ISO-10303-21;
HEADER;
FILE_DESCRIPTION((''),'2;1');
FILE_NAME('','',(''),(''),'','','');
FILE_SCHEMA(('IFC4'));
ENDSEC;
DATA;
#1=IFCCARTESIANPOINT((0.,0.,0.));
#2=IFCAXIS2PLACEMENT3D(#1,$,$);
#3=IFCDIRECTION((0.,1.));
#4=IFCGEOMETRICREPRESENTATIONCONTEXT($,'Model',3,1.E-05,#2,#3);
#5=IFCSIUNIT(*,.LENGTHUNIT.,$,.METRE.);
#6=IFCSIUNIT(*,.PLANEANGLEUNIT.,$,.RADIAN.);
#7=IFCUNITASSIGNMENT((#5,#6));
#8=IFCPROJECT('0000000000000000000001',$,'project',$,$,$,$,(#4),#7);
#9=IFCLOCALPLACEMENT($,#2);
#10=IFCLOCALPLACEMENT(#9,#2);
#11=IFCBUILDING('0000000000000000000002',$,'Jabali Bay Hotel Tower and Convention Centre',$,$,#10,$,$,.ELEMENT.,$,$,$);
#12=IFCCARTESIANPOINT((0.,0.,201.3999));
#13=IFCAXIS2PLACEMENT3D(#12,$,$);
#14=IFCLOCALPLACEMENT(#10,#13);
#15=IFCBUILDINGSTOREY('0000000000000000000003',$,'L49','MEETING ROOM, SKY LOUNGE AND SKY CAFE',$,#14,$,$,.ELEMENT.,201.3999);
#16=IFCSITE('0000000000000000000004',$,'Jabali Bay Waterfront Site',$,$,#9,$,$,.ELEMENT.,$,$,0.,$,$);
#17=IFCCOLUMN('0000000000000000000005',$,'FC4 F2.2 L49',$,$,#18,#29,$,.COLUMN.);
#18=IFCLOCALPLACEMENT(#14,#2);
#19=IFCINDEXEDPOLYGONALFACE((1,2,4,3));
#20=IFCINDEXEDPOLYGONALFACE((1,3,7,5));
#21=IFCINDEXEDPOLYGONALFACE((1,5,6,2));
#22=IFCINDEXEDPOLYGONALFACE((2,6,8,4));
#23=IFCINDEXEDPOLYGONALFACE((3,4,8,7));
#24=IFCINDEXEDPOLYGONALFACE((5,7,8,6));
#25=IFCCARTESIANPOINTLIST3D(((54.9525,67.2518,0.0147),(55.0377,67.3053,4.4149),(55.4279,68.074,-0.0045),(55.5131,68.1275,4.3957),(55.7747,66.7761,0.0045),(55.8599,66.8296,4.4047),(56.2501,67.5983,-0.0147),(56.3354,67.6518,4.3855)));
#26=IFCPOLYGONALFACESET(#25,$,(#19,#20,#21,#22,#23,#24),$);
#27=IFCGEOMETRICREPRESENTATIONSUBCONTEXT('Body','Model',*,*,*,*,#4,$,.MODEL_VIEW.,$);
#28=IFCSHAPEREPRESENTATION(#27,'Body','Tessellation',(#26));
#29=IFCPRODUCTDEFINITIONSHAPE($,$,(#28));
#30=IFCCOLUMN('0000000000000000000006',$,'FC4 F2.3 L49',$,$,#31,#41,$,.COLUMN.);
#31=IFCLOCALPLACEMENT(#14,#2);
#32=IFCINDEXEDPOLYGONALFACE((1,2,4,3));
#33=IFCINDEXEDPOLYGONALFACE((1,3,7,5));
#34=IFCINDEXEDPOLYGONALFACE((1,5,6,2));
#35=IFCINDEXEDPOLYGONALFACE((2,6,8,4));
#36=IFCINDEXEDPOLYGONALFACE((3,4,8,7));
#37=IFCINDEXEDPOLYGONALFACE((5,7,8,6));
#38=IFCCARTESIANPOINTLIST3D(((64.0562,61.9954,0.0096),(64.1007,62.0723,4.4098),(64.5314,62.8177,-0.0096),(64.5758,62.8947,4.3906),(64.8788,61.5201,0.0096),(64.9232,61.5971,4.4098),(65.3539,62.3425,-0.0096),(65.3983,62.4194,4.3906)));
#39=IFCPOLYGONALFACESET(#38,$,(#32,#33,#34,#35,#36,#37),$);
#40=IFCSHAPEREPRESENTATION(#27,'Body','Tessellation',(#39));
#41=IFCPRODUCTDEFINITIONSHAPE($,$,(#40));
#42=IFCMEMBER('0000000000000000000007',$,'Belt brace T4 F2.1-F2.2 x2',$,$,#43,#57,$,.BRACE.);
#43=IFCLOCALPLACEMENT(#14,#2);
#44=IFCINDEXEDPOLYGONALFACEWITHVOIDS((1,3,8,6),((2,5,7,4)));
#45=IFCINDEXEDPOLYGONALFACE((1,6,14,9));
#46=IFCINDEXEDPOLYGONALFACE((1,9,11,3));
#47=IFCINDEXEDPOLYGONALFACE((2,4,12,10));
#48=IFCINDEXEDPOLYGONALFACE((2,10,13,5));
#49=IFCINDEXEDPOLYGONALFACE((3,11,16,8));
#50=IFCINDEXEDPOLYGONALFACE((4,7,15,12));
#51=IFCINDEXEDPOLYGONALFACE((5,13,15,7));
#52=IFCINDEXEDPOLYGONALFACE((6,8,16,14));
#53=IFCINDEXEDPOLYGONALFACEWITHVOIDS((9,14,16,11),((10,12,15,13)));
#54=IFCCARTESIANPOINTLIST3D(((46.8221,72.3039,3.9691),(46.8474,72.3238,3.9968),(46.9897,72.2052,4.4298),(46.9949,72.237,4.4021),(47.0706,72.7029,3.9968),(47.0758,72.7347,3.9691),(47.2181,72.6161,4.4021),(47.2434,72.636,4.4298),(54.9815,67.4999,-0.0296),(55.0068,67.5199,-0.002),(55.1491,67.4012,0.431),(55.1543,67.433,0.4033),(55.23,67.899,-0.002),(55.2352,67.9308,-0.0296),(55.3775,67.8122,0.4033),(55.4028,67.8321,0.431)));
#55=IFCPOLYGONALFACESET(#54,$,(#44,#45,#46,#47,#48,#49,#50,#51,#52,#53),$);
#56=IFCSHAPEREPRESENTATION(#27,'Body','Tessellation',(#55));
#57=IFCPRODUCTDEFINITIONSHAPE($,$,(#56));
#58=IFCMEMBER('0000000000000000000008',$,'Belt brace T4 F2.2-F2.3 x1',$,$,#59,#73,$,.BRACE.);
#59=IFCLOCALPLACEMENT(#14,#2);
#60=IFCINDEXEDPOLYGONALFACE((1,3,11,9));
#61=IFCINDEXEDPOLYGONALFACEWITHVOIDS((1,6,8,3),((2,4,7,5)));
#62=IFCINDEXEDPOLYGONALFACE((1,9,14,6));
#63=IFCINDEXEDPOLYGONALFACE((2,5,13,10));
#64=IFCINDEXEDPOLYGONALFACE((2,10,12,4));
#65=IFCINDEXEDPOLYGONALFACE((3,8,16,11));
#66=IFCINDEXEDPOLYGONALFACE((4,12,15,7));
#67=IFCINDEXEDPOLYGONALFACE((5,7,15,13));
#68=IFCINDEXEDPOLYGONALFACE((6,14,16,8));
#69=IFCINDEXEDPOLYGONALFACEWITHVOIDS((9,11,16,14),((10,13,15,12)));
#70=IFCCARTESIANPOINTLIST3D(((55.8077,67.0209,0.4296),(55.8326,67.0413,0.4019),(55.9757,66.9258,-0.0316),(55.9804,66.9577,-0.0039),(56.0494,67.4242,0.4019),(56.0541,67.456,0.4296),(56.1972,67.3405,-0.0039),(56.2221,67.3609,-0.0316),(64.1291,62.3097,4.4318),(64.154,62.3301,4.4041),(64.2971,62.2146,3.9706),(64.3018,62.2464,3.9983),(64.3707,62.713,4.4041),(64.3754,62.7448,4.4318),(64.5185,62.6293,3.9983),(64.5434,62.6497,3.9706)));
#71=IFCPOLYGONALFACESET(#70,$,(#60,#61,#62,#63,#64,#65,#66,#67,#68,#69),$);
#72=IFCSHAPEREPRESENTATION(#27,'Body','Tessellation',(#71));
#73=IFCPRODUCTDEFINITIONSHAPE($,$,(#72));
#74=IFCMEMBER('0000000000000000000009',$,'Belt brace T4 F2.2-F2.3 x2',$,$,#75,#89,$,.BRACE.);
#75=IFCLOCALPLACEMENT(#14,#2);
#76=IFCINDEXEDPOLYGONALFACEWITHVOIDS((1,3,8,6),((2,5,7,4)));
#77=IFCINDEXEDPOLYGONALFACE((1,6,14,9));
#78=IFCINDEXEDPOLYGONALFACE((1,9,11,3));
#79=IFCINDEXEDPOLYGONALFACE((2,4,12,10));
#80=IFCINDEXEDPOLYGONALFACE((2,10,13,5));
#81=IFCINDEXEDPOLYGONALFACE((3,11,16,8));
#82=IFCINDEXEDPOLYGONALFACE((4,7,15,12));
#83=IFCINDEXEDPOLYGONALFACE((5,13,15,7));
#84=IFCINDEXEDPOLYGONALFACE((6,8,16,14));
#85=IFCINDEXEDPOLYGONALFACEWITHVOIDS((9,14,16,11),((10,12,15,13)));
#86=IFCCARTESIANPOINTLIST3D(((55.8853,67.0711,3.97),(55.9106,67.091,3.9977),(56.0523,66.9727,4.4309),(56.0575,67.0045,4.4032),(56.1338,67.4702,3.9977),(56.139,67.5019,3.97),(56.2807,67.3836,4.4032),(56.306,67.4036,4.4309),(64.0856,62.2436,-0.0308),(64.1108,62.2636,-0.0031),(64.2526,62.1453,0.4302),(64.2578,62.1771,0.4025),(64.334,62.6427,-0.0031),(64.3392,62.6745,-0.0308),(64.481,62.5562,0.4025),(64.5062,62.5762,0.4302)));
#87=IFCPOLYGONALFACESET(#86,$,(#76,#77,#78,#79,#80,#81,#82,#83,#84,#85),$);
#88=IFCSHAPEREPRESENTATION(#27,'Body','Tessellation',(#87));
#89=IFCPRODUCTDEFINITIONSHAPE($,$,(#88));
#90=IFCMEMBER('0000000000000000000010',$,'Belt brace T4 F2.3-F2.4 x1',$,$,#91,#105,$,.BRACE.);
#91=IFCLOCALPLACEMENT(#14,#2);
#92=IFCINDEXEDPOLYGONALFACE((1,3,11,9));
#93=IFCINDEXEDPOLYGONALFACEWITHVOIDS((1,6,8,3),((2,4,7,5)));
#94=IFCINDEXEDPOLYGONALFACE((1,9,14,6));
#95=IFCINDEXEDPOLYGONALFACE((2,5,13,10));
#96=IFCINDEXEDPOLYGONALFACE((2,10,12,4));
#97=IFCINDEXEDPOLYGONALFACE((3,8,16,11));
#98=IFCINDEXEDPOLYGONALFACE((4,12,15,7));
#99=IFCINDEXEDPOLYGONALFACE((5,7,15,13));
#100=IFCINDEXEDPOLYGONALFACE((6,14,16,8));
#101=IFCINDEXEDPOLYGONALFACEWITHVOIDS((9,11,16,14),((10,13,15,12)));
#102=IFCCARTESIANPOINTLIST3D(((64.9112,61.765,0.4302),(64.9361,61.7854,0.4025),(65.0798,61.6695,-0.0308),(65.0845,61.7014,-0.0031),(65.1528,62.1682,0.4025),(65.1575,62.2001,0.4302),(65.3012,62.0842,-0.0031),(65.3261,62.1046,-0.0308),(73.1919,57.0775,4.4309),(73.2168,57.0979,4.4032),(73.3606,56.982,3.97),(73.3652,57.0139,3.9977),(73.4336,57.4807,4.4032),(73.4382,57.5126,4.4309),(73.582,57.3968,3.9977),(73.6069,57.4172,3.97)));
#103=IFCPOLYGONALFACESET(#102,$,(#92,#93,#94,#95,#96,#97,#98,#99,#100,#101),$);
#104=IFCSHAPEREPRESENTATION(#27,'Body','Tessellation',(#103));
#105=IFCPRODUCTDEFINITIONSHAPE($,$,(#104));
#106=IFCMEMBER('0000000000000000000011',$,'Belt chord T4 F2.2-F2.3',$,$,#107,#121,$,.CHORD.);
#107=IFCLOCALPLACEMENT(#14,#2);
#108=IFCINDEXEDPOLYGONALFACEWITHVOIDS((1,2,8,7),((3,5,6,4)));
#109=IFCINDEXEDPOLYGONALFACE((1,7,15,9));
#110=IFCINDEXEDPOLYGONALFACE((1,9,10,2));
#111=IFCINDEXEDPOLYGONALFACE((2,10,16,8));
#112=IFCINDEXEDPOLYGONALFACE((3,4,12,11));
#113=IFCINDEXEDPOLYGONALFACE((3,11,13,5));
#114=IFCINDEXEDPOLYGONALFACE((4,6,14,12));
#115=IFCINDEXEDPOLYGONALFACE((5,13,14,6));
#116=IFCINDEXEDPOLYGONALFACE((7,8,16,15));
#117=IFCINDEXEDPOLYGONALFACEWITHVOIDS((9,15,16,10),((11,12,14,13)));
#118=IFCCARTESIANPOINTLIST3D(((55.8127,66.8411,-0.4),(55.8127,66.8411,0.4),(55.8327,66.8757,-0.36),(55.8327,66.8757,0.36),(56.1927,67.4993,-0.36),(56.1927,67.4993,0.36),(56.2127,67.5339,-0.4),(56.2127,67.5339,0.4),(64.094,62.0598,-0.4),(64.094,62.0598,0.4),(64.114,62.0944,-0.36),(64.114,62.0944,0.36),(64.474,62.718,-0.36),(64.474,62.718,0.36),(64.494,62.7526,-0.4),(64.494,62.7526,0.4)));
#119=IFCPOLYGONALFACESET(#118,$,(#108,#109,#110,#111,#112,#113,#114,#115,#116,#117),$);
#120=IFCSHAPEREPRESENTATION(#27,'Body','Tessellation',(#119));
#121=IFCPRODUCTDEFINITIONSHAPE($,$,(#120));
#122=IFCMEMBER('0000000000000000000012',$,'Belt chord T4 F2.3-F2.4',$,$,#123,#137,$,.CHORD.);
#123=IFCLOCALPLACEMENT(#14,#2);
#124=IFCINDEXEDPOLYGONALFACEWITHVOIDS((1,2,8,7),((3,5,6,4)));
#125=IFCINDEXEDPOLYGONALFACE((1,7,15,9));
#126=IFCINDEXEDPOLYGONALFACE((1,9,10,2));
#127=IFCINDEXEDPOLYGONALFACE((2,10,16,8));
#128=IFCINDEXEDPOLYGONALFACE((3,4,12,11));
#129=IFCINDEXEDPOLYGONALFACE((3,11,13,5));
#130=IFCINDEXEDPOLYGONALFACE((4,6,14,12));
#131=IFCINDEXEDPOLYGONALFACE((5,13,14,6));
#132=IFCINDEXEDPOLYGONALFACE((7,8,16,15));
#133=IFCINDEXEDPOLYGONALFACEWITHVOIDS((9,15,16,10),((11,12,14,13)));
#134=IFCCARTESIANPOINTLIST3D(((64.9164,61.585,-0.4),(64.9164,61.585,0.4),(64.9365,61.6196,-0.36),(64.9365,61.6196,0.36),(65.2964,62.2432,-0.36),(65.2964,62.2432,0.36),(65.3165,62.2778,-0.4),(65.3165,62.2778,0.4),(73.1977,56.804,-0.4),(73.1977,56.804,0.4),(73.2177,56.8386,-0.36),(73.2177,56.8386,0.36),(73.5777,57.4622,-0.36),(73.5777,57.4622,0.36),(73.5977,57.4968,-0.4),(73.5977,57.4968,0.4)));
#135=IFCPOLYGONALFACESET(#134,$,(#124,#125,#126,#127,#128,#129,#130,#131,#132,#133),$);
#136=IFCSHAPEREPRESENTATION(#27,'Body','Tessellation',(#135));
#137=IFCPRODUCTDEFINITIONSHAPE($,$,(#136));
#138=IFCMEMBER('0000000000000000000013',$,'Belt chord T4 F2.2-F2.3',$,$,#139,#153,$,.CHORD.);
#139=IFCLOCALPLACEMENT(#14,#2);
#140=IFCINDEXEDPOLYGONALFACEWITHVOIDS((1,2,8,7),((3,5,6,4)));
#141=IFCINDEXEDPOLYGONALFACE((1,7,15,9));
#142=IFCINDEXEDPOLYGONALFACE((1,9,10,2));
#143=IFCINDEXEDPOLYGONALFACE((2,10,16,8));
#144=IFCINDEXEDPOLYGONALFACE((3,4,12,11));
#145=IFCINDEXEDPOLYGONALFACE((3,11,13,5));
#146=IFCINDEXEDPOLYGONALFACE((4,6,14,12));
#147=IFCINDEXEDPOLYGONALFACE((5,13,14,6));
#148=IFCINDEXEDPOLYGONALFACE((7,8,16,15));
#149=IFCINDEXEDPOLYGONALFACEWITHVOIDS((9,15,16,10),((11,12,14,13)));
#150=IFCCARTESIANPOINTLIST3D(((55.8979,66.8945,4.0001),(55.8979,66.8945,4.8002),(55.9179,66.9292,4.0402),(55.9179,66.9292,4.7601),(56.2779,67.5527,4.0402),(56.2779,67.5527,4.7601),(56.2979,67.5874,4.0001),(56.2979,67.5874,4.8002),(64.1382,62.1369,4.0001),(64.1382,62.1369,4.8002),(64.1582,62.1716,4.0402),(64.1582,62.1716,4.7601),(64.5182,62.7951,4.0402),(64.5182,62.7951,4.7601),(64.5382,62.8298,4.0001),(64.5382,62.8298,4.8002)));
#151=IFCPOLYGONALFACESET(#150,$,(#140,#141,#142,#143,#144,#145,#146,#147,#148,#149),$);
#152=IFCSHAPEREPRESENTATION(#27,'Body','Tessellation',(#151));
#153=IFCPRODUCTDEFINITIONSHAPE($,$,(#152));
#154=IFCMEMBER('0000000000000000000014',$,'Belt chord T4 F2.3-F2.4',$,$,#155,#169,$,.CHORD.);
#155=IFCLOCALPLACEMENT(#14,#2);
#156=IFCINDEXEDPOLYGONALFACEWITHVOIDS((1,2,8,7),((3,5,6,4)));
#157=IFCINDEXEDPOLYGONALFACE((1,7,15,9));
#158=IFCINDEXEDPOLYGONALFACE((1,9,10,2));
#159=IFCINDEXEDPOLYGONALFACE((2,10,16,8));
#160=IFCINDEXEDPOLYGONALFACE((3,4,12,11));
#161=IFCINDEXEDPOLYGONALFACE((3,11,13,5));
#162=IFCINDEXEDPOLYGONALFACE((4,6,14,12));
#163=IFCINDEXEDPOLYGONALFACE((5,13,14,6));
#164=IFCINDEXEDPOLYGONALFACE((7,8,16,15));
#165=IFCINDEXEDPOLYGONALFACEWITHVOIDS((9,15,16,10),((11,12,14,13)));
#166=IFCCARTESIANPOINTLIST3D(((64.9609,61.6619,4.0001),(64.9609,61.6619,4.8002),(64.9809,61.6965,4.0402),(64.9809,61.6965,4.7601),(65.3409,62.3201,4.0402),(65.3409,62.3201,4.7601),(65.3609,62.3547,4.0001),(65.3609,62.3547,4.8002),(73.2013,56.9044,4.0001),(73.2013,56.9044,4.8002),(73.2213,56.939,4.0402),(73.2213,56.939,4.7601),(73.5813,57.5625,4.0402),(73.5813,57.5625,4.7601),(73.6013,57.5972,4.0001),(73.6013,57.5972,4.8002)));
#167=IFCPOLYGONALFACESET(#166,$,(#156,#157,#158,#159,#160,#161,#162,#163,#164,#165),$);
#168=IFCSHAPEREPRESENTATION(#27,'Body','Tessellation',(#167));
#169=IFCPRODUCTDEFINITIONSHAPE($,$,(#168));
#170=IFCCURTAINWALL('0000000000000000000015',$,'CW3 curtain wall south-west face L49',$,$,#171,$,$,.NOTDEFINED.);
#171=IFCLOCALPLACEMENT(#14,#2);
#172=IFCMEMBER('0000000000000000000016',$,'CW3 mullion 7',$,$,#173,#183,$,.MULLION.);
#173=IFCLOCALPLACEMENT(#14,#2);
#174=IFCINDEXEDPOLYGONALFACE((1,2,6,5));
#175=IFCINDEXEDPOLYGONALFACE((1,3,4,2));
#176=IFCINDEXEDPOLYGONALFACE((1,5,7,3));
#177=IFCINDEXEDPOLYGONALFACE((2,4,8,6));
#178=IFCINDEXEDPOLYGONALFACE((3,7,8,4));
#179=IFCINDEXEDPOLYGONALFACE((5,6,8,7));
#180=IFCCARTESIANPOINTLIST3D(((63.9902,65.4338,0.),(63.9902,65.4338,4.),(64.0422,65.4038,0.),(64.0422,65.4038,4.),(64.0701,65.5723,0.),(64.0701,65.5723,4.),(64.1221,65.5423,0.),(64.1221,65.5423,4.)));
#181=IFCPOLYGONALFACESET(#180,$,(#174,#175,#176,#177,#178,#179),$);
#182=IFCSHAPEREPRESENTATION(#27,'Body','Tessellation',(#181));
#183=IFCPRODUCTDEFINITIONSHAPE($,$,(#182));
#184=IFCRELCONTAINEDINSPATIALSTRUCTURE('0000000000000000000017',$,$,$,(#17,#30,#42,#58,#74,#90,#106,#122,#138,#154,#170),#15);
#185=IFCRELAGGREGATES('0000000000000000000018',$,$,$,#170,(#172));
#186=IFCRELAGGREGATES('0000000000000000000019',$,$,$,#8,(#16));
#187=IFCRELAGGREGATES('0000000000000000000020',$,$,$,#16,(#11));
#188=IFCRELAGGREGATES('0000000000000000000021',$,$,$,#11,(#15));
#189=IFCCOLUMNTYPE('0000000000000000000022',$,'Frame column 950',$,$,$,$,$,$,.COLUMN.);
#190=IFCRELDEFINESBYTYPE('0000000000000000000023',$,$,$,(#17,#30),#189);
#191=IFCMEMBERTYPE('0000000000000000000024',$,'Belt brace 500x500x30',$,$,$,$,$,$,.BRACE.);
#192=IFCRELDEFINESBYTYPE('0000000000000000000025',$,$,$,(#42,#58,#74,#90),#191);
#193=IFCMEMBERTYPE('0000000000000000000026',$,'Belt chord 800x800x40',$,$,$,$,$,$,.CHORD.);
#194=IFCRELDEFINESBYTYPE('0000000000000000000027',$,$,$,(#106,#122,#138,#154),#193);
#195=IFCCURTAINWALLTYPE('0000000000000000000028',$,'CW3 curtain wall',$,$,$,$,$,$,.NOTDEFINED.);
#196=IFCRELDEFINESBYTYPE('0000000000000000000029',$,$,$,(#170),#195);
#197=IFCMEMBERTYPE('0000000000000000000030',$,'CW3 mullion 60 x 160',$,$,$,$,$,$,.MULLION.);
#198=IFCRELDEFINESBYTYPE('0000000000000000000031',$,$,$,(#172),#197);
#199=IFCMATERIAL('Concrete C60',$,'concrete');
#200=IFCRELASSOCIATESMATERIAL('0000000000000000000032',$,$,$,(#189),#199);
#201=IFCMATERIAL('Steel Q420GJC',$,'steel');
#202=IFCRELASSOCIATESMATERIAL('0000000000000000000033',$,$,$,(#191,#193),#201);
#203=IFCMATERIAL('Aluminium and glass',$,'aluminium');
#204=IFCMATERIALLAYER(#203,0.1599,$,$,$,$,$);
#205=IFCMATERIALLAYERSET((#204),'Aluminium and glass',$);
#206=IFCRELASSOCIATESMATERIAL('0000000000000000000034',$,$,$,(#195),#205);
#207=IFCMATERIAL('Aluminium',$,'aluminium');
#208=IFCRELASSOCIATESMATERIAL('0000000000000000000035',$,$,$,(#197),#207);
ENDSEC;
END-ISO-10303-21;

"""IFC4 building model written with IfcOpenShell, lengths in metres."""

from ifc_helpers import new_model, si_unit, direction, frame, origin, origin_2d, place, context, subcontext, project, spatial, rectangle, hollow_rectangle, extrude, material, layer, layer_set, material_profile, profile_set, type_object, element, aggregate, save


model = new_model("IFC4")

# Units and contexts
model_context = context("Model", 3, precision=1e-05, world=origin(), true_north=direction((0.0, 1.0)))
body_context = subcontext(model_context, "Body", "Model", "MODEL_VIEW")
ifc_project = project(units=[si_unit("LENGTHUNIT", "METRE"), si_unit("PLANEANGLEUNIT", "RADIAN")], contexts=[model_context])

# Site, building, storey
site_placement = place(None, origin())
site = spatial("IfcSite", under=ifc_project, at=site_placement, Name="Jabali Bay Waterfront Site", CompositionType="ELEMENT", RefElevation=0.0)
building_placement = place(site_placement, origin())
building = spatial("IfcBuilding", under=site, at=building_placement, Name="Jabali Bay Hotel Tower and Convention Centre", CompositionType="ELEMENT")
storey_placement = place(building_placement, frame((0.0, 0.0, 201.3999)))
storey = spatial("IfcBuildingStorey", under=building, at=storey_placement, Name="L49", Description="MEETING ROOM, SKY LOUNGE AND SKY CAFE", CompositionType="ELEMENT", Elevation=201.3999)

# Columns
ifc_material_1 = material(Name="Concrete C60", Category="concrete")
ifc_material_profile_1 = material_profile(ifc_material_1, rectangle(XDim=0.95, YDim=0.95, at=origin_2d()), Name="Frame column 950")
ifc_profile_set_1 = profile_set([ifc_material_profile_1], Name="Concrete C60")
column_type = type_object("IfcColumnType", Name="Frame column 950", PredefinedType="COLUMN", material=ifc_profile_set_1)
column_1_placement = place(storey_placement, frame((55.6013, 67.425, 0.0), z_axis=(0.019359, 0.012148, 0.999739), x_axis=(-0.865521, 0.500758, 0.010675)))
element("IfcColumn", 1, at=column_1_placement, inside=storey, type_object=column_type, Name="FC4 F2.2 L49", PredefinedType="COLUMN", context=body_context, shape_type="SweptSolid", body=[
    extrude(rectangle(XDim=0.95, YDim=0.95, at=origin_2d()), origin(), (0.0, 0.0, 1.0), 4.4014),
])
column_2_placement = place(storey_placement, frame((64.7051, 62.1689, 0.0), z_axis=(0.010096, 0.017474, 0.999796), x_axis=(-0.865867, 0.500274, 0.0)))
element("IfcColumn", 2, at=column_2_placement, inside=storey, type_object=column_type, Name="FC4 F2.3 L49", PredefinedType="COLUMN", context=body_context, shape_type="SweptSolid", body=[
    extrude(rectangle(XDim=0.95, YDim=0.95, at=origin_2d()), origin(), (0.0, 0.0, 1.0), 4.4011),
])

# Members
ifc_material_2 = material(Name="Steel Q420GJC", Category="steel")
ifc_material_profile_2 = material_profile(ifc_material_2, hollow_rectangle(XDim=0.5, YDim=0.5, WallThickness=0.03, at=origin_2d()), Name="Belt brace 500x500x30")
ifc_profile_set_2 = profile_set([ifc_material_profile_2], Name="Steel Q420GJC")
member_type_1 = type_object("IfcMemberType", Name="Belt brace 500x500x30", PredefinedType="BRACE", material=ifc_profile_set_2)
member_1_placement = place(storey_placement, frame((55.1921, 67.666, 0.2007), z_axis=(-0.793846, 0.467386, 0.389049), x_axis=(-0.507357, -0.861736, 0.0)))
element("IfcMember", 3, at=member_1_placement, inside=storey, type_object=member_type_1, Name="Belt brace T4 F2.1-F2.2 x2", PredefinedType="BRACE", context=body_context, shape_type="SweptSolid", body=[
    extrude(hollow_rectangle(XDim=0.5, YDim=0.5, WallThickness=0.03, at=origin_2d()), origin(), (0.0, 0.0, 1.0), 10.2783),
])
member_2_placement = place(storey_placement, frame((56.0149, 67.1909, 0.199), z_axis=(0.802738, -0.454478, 0.386084), x_axis=(0.492679, 0.870211, 0.0)))
element("IfcMember", 4, at=member_2_placement, inside=storey, type_object=member_type_1, Name="Belt brace T4 F2.2-F2.3 x1", PredefinedType="BRACE", context=body_context, shape_type="SweptSolid", body=[
    extrude(hollow_rectangle(XDim=0.5, YDim=0.5, WallThickness=0.03, at=origin_2d()), origin(), (0.0, 0.0, 1.0), 10.3662),
])
member_3_placement = place(storey_placement, frame((64.2959, 62.4099, 0.1997), z_axis=(-0.794405, 0.46766, 0.387576), x_axis=(-0.507313, -0.861762, 0.0)))
element("IfcMember", 5, at=member_3_placement, inside=storey, type_object=member_type_1, Name="Belt brace T4 F2.2-F2.3 x2", PredefinedType="BRACE", context=body_context, shape_type="SweptSolid", body=[
    extrude(hollow_rectangle(XDim=0.5, YDim=0.5, WallThickness=0.03, at=origin_2d()), origin(), (0.0, 0.0, 1.0), 10.3225),
])
member_4_placement = place(storey_placement, frame((65.1187, 61.9348, 0.1997), z_axis=(0.802222, -0.454115, 0.387582), x_axis=(0.49262, 0.870244, 0.0)))
element("IfcMember", 6, at=member_4_placement, inside=storey, type_object=member_type_1, Name="Belt brace T4 F2.3-F2.4 x1", PredefinedType="BRACE", context=body_context, shape_type="SweptSolid", body=[
    extrude(hollow_rectangle(XDim=0.5, YDim=0.5, WallThickness=0.03, at=origin_2d()), origin(), (0.0, 0.0, 1.0), 10.3223),
])
ifc_material_profile_3 = material_profile(ifc_material_2, hollow_rectangle(XDim=0.8, YDim=0.8, WallThickness=0.04, at=origin_2d()), Name="Belt chord 800x800x40")
ifc_profile_set_3 = profile_set([ifc_material_profile_3], Name="Steel Q420GJC")
member_type_2 = type_object("IfcMemberType", Name="Belt chord 800x800x40", PredefinedType="CHORD", material=ifc_profile_set_3)
member_5_placement = place(storey_placement, frame((56.0127, 67.1875, 0.0), z_axis=(0.866022, -0.500005, 0.0), x_axis=(0.500005, 0.866022, 0.0)))
element("IfcMember", 7, at=member_5_placement, inside=storey, type_object=member_type_2, Name="Belt chord T4 F2.2-F2.3", PredefinedType="CHORD", context=body_context, shape_type="SweptSolid", body=[
    extrude(hollow_rectangle(XDim=0.8, YDim=0.8, WallThickness=0.04, at=origin_2d()), origin(), (0.0, 0.0, 1.0), 9.5625),
])
member_6_placement = place(storey_placement, frame((65.1165, 61.9314, 0.0), z_axis=(0.866033, -0.499986, 0.0), x_axis=(0.499986, 0.866033, 0.0)))
element("IfcMember", 8, at=member_6_placement, inside=storey, type_object=member_type_2, Name="Belt chord T4 F2.3-F2.4", PredefinedType="CHORD", context=body_context, shape_type="SweptSolid", body=[
    extrude(hollow_rectangle(XDim=0.8, YDim=0.8, WallThickness=0.04, at=origin_2d()), origin(), (0.0, 0.0, 1.0), 9.5623),
])
for number, where, z_axis, x_axis, name in (
    (9, (56.0979, 67.241, 4.4001), (0.866022, -0.500005, 0.0), (0.500005, 0.866022, 0.0), "Belt chord T4 F2.2-F2.3"),
    (10, (65.1609, 62.0083, 4.4001), (0.866029, -0.499994, 0.0), (0.499994, 0.866029, 0.0), "Belt chord T4 F2.3-F2.4"),
):
    element("IfcMember", number, at=place(storey_placement, frame(where, z_axis=z_axis, x_axis=x_axis)), inside=storey, type_object=member_type_2, Name=name, PredefinedType="CHORD", context=body_context, shape_type="SweptSolid", body=[
        extrude(hollow_rectangle(XDim=0.8, YDim=0.8, WallThickness=0.04, at=origin_2d()), origin(), (0.0, 0.0, 1.0), 9.5151),
    ])

# Curtain wall, member
ifc_material_3 = material(Name="Aluminium and glass", Category="aluminium")
ifc_layer_1 = layer(ifc_material_3, 0.1599)
ifc_layer_set_1 = layer_set([ifc_layer_1], Name="Aluminium and glass")
curtain_wall_type = type_object("IfcCurtainWallType", Name="CW3 curtain wall", PredefinedType="NOTDEFINED", material=ifc_layer_set_1)
curtain_wall_placement = place(storey_placement, origin())
curtain_wall = element("IfcCurtainWall", 11, at=curtain_wall_placement, inside=storey, type_object=curtain_wall_type, Name="CW3 curtain wall south-west face L49", PredefinedType="NOTDEFINED")
ifc_material_4 = material(Name="Aluminium", Category="aluminium")
ifc_material_profile_4 = material_profile(ifc_material_4, rectangle(XDim=0.1599, YDim=0.0601, at=origin_2d()), Name="CW3 mullion 60 x 160")
ifc_profile_set_4 = profile_set([ifc_material_profile_4], Name="Aluminium")
member_type_3 = type_object("IfcMemberType", Name="CW3 mullion 60 x 160", PredefinedType="MULLION", material=ifc_profile_set_4)
member_7_placement = place(storey_placement, frame((64.0562, 65.488, 0.0), z_axis=(0.0, 0.0, 1.0), x_axis=(-0.5, -0.866025, 0.0)))
member_7 = element("IfcMember", 12, at=member_7_placement, type_object=member_type_3, Name="CW3 mullion 7", PredefinedType="MULLION", context=body_context, shape_type="SweptSolid", body=[
    extrude(rectangle(XDim=0.1599, YDim=0.0601, at=origin_2d()), origin(), (0.0, 0.0, 1.0), 4.0),
])
aggregate(curtain_wall, [member_7])

save(model, "model.ifc")
